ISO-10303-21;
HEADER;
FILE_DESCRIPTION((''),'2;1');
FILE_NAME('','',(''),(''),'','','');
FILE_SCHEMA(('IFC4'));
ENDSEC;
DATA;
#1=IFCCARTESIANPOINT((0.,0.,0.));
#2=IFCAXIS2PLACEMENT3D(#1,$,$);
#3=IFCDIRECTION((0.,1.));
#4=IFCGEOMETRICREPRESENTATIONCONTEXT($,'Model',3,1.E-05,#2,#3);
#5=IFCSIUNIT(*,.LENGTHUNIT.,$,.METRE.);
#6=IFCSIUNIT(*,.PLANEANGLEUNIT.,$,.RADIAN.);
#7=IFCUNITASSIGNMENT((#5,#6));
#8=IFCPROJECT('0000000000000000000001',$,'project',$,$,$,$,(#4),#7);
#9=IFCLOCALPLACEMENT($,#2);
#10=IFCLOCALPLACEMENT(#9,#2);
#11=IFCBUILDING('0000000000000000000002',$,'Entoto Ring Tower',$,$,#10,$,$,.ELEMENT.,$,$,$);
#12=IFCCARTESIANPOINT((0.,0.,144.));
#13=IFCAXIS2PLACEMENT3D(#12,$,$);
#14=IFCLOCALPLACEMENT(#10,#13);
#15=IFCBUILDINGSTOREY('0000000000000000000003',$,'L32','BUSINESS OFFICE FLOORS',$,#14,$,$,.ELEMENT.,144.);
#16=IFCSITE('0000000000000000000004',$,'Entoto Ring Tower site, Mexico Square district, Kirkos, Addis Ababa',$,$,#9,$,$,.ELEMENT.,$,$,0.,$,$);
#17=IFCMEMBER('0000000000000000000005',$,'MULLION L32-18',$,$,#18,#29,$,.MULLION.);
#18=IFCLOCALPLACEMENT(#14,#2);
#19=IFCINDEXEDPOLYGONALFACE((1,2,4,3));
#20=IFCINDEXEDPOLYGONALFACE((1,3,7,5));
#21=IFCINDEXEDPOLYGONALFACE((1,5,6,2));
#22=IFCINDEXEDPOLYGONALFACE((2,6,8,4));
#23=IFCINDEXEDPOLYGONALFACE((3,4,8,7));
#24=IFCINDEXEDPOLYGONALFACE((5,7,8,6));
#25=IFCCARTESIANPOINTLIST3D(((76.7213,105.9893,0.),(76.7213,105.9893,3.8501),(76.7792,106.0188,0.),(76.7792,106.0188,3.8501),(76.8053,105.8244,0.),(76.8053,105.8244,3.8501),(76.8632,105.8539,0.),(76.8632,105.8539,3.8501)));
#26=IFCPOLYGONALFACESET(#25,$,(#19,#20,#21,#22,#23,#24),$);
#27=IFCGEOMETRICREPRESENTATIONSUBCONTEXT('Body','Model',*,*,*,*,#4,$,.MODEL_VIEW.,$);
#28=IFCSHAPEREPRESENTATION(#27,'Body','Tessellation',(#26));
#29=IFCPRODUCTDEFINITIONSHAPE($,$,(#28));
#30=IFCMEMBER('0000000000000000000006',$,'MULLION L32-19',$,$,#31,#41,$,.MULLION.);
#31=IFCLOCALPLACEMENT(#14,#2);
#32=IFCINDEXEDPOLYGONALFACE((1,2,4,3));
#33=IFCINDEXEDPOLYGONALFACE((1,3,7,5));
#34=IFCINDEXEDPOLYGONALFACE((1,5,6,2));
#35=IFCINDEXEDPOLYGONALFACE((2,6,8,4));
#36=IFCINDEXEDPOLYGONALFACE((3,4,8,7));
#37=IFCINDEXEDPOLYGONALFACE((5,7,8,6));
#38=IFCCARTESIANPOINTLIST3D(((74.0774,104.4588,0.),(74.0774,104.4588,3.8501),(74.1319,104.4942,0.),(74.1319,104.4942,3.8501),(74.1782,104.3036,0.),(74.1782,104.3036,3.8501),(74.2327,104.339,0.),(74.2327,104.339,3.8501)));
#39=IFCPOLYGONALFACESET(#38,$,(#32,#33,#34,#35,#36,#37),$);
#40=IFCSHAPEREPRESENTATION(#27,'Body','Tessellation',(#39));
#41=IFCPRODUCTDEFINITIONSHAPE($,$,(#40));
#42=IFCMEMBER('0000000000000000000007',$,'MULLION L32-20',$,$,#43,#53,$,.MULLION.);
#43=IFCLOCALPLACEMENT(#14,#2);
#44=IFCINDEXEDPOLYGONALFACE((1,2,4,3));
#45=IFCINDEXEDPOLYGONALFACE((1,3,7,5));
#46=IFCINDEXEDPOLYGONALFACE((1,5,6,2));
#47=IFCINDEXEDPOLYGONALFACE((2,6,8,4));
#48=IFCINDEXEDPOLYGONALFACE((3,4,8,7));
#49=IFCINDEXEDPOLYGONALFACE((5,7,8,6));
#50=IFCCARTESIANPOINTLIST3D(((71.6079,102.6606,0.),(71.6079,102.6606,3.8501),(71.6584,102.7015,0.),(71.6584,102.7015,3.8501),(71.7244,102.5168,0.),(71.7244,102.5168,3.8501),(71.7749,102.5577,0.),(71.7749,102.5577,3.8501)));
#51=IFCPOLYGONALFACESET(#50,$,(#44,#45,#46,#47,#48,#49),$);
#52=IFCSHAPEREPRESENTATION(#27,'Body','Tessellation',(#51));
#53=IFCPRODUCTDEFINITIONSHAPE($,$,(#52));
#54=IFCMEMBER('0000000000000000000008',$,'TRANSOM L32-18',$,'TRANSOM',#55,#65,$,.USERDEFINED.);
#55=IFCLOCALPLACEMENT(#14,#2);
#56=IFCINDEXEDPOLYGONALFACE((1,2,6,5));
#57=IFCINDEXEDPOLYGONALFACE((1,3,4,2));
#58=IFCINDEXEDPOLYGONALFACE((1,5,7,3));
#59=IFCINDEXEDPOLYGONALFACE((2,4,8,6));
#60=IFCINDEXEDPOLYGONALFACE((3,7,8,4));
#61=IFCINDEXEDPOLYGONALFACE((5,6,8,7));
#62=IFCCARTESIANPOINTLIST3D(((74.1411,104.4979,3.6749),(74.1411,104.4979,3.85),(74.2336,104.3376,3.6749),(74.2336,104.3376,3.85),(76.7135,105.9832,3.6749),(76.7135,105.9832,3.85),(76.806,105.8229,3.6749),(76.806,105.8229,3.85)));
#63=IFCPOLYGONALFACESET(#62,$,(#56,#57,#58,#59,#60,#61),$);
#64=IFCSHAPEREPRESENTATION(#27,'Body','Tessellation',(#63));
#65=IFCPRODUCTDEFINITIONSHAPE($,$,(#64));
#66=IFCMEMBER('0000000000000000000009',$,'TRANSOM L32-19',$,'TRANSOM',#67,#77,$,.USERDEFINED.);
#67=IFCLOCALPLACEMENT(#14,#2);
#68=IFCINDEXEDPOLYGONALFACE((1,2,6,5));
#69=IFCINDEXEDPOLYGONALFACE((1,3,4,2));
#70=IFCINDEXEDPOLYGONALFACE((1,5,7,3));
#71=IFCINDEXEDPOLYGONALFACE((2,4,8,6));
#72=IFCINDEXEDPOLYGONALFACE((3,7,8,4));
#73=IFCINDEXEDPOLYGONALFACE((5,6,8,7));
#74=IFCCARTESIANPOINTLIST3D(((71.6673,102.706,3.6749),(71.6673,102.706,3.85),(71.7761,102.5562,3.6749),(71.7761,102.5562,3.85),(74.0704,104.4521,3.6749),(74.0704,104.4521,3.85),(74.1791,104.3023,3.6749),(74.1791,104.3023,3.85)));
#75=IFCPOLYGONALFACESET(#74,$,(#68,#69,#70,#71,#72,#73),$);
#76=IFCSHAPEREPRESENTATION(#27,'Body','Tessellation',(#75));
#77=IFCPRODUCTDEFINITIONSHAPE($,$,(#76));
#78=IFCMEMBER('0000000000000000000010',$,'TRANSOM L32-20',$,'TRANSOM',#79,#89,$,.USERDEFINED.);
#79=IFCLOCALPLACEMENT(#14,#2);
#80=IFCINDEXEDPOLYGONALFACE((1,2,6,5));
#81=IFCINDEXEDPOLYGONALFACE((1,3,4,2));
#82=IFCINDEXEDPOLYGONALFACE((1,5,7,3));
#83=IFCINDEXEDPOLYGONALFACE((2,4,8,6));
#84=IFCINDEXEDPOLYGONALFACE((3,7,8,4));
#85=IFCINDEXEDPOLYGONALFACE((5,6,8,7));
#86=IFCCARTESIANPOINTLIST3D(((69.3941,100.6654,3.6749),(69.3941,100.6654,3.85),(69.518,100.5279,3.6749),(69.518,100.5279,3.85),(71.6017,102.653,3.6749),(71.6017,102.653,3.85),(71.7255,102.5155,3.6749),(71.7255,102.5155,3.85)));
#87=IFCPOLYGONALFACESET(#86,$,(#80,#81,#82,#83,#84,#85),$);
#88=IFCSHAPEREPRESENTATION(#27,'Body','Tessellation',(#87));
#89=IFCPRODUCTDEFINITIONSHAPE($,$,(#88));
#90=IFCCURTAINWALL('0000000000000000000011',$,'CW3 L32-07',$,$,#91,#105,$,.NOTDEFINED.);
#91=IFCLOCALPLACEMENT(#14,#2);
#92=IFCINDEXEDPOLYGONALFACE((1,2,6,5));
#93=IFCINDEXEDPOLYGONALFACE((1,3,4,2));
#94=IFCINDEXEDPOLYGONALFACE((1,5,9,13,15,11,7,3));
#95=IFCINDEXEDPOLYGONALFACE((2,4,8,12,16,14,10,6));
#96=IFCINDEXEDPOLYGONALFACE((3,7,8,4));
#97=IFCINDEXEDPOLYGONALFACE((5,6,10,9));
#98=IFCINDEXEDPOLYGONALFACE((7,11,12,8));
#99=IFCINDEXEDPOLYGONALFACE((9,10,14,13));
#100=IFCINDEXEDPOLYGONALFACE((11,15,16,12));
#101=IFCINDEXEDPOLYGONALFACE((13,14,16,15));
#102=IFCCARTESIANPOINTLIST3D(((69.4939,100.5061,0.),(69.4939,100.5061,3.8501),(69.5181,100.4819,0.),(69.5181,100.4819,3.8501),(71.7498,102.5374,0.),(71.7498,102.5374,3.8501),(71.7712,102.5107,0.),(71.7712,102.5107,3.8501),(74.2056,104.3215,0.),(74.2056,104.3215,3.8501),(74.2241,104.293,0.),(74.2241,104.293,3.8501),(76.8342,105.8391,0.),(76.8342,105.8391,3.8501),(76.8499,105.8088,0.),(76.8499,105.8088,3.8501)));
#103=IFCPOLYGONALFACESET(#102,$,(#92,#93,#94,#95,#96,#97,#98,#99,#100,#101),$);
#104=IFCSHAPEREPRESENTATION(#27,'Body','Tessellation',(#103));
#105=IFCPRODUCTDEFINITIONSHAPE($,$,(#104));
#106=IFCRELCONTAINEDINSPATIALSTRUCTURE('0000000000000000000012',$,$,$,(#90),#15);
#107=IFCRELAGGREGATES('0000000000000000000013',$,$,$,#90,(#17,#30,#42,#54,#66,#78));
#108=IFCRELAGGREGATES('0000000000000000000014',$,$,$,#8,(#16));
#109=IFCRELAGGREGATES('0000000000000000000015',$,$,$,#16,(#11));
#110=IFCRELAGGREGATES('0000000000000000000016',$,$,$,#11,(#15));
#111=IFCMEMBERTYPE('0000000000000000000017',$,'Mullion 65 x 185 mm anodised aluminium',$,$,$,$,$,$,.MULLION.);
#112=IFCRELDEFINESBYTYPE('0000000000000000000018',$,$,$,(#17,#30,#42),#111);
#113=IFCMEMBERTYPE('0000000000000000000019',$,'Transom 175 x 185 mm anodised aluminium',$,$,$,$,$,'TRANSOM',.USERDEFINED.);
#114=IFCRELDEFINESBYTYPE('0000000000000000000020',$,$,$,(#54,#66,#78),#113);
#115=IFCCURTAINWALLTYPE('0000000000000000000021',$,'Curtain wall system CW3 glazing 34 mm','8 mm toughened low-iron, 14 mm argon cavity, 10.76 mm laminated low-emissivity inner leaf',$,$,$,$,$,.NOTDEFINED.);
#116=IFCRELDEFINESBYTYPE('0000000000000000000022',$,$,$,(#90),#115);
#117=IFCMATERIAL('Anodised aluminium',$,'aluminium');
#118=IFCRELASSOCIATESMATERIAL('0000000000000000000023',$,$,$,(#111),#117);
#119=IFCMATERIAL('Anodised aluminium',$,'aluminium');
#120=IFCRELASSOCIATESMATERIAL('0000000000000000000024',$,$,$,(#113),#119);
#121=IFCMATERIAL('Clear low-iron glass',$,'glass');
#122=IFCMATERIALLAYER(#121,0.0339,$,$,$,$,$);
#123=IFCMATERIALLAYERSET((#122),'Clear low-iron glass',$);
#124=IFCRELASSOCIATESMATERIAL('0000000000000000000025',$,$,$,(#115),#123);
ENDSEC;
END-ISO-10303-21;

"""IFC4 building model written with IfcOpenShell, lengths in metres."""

from ifc_helpers import new_model, si_unit, direction, frame, origin, origin_2d, place, context, subcontext, project, spatial, polyline, rectangle, outline, extrude, material, layer, layer_set, material_profile, profile_set, type_object, element, aggregate, save


model = new_model("IFC4")

# Units and contexts
model_context = context("Model", 3, precision=1e-05, world=origin(), true_north=direction((0.0, 1.0)))
body_context = subcontext(model_context, "Body", "Model", "MODEL_VIEW")
ifc_project = project(units=[si_unit("LENGTHUNIT", "METRE"), si_unit("PLANEANGLEUNIT", "RADIAN")], contexts=[model_context])

# Members
ifc_material_1 = material(Name="Anodised aluminium", Category="aluminium")
ifc_material_profile_1 = material_profile(ifc_material_1, rectangle(XDim=0.0649, YDim=0.1851, at=origin_2d()), Name="Mullion 65 x 185 mm anodised aluminium")
ifc_profile_set_1 = profile_set([ifc_material_profile_1], Name="Anodised aluminium")
member_type_1 = type_object("IfcMemberType", Name="Mullion 65 x 185 mm anodised aluminium", PredefinedType="MULLION", material=ifc_profile_set_1)
site_placement = place(None, origin())
building_placement = place(site_placement, origin())
storey_placement = place(building_placement, frame((0.0, 0.0, 144.0)))
member_1_placement = place(storey_placement, frame((76.7922, 105.9216, 0.0), z_axis=(0.0, 0.0, 1.0), x_axis=(-0.891007, -0.45399, 0.0)))
member_1 = element("IfcMember", 1, at=member_1_placement, type_object=member_type_1, Name="MULLION L32-18", PredefinedType="MULLION", context=body_context, shape_type="SweptSolid", body=[
    extrude(rectangle(XDim=0.0649, YDim=0.1851, at=origin_2d()), origin(), (0.0, 0.0, 1.0), 3.8501),
])
member_2_placement = place(storey_placement, frame((74.155, 104.3989, 0.0), z_axis=(0.0, 0.0, 1.0), x_axis=(-0.838671, -0.544639, 0.0)))
member_2 = element("IfcMember", 2, at=member_2_placement, type_object=member_type_1, Name="MULLION L32-19", PredefinedType="MULLION", context=body_context, shape_type="SweptSolid", body=[
    extrude(rectangle(XDim=0.0649, YDim=0.1851, at=origin_2d()), origin(), (0.0, 0.0, 1.0), 3.8501),
])
member_3_placement = place(storey_placement, frame((71.6914, 102.6091, 0.0), z_axis=(0.0, 0.0, 1.0), x_axis=(-0.777146, -0.62932, 0.0)))
member_3 = element("IfcMember", 3, at=member_3_placement, type_object=member_type_1, Name="MULLION L32-20", PredefinedType="MULLION", context=body_context, shape_type="SweptSolid", body=[
    extrude(rectangle(XDim=0.0649, YDim=0.1851, at=origin_2d()), origin(), (0.0, 0.0, 1.0), 3.8501),
])
ifc_material_2 = material(Name="Anodised aluminium", Category="aluminium")
ifc_material_profile_2 = material_profile(ifc_material_2, rectangle(XDim=0.1851, YDim=0.175, at=origin_2d()), Name="Transom 175 x 185 mm anodised aluminium")
ifc_profile_set_2 = profile_set([ifc_material_profile_2], Name="Anodised aluminium")
member_type_2 = type_object("IfcMemberType", Name="Transom 175 x 185 mm anodised aluminium", ElementType="TRANSOM", PredefinedType="USERDEFINED", material=ifc_profile_set_2)
member_4_placement = place(storey_placement, frame((76.7598, 105.9031, 3.7625), z_axis=(-0.866009, -0.500028, 0.0), x_axis=(0.500028, -0.866009, 0.0)))
member_4 = element("IfcMember", 4, at=member_4_placement, type_object=member_type_2, Name="TRANSOM L32-18", ObjectType="TRANSOM", PredefinedType="USERDEFINED", context=body_context, shape_type="SweptSolid", body=[
    extrude(rectangle(XDim=0.1851, YDim=0.175, at=origin_2d()), origin(), (0.0, 0.0, 1.0), 2.9705),
])
member_5_placement = place(storey_placement, frame((74.1248, 104.3772, 3.7625), z_axis=(-0.808992, -0.58782, 0.0), x_axis=(0.58782, -0.808992, 0.0)))
member_5 = element("IfcMember", 5, at=member_5_placement, type_object=member_type_2, Name="TRANSOM L32-19", ObjectType="TRANSOM", PredefinedType="USERDEFINED", context=body_context, shape_type="SweptSolid", body=[
    extrude(rectangle(XDim=0.1851, YDim=0.175, at=origin_2d()), origin(), (0.0, 0.0, 1.0), 2.9705),
])
member_6_placement = place(storey_placement, frame((71.6636, 102.5842, 3.7625), z_axis=(-0.743163, -0.66911, 0.0), x_axis=(0.66911, -0.743163, 0.0)))
member_6 = element("IfcMember", 6, at=member_6_placement, type_object=member_type_2, Name="TRANSOM L32-20", ObjectType="TRANSOM", PredefinedType="USERDEFINED", context=body_context, shape_type="SweptSolid", body=[
    extrude(rectangle(XDim=0.1851, YDim=0.175, at=origin_2d()), origin(), (0.0, 0.0, 1.0), 2.9705),
])

# Site, building, storey
site = spatial("IfcSite", under=ifc_project, at=site_placement, Name="Entoto Ring Tower site, Mexico Square district, Kirkos, Addis Ababa", CompositionType="ELEMENT", RefElevation=0.0)
building = spatial("IfcBuilding", under=site, at=building_placement, Name="Entoto Ring Tower", CompositionType="ELEMENT")
storey = spatial("IfcBuildingStorey", under=building, at=storey_placement, Name="L32", Description="BUSINESS OFFICE FLOORS", CompositionType="ELEMENT", Elevation=144.0)

# Curtain wall
ifc_material_3 = material(Name="Clear low-iron glass", Category="glass")
ifc_layer = layer(ifc_material_3, 0.0339)
ifc_layer_set = layer_set([ifc_layer], Name="Clear low-iron glass")
curtain_wall_type = type_object("IfcCurtainWallType", Name="Curtain wall system CW3 glazing 34 mm", Description="8 mm toughened low-iron, 14 mm argon cavity, 10.76 mm laminated low-emissivity inner leaf", PredefinedType="NOTDEFINED", material=ifc_layer_set)
curtain_wall_1_placement = place(storey_placement, origin())
curtain_wall_1 = element("IfcCurtainWall", 7, at=curtain_wall_1_placement, inside=storey, type_object=curtain_wall_type, Name="CW3 L32-07", PredefinedType="NOTDEFINED", context=body_context, shape_type="SweptSolid", body=[
    extrude(outline(polyline([(76.8342, 105.8391), (74.2056, 104.3215), (71.7498, 102.5374), (69.4939, 100.5061), (69.5181, 100.4819), (71.7712, 102.5107), (74.2241, 104.293), (76.8499, 105.8088), (76.8342, 105.8391)])), origin(), (0.0, 0.0, 1.0), 3.8501),
])
aggregate(curtain_wall_1, [member_1, member_2, member_3, member_4, member_5, member_6])

save(model, "model.ifc")
